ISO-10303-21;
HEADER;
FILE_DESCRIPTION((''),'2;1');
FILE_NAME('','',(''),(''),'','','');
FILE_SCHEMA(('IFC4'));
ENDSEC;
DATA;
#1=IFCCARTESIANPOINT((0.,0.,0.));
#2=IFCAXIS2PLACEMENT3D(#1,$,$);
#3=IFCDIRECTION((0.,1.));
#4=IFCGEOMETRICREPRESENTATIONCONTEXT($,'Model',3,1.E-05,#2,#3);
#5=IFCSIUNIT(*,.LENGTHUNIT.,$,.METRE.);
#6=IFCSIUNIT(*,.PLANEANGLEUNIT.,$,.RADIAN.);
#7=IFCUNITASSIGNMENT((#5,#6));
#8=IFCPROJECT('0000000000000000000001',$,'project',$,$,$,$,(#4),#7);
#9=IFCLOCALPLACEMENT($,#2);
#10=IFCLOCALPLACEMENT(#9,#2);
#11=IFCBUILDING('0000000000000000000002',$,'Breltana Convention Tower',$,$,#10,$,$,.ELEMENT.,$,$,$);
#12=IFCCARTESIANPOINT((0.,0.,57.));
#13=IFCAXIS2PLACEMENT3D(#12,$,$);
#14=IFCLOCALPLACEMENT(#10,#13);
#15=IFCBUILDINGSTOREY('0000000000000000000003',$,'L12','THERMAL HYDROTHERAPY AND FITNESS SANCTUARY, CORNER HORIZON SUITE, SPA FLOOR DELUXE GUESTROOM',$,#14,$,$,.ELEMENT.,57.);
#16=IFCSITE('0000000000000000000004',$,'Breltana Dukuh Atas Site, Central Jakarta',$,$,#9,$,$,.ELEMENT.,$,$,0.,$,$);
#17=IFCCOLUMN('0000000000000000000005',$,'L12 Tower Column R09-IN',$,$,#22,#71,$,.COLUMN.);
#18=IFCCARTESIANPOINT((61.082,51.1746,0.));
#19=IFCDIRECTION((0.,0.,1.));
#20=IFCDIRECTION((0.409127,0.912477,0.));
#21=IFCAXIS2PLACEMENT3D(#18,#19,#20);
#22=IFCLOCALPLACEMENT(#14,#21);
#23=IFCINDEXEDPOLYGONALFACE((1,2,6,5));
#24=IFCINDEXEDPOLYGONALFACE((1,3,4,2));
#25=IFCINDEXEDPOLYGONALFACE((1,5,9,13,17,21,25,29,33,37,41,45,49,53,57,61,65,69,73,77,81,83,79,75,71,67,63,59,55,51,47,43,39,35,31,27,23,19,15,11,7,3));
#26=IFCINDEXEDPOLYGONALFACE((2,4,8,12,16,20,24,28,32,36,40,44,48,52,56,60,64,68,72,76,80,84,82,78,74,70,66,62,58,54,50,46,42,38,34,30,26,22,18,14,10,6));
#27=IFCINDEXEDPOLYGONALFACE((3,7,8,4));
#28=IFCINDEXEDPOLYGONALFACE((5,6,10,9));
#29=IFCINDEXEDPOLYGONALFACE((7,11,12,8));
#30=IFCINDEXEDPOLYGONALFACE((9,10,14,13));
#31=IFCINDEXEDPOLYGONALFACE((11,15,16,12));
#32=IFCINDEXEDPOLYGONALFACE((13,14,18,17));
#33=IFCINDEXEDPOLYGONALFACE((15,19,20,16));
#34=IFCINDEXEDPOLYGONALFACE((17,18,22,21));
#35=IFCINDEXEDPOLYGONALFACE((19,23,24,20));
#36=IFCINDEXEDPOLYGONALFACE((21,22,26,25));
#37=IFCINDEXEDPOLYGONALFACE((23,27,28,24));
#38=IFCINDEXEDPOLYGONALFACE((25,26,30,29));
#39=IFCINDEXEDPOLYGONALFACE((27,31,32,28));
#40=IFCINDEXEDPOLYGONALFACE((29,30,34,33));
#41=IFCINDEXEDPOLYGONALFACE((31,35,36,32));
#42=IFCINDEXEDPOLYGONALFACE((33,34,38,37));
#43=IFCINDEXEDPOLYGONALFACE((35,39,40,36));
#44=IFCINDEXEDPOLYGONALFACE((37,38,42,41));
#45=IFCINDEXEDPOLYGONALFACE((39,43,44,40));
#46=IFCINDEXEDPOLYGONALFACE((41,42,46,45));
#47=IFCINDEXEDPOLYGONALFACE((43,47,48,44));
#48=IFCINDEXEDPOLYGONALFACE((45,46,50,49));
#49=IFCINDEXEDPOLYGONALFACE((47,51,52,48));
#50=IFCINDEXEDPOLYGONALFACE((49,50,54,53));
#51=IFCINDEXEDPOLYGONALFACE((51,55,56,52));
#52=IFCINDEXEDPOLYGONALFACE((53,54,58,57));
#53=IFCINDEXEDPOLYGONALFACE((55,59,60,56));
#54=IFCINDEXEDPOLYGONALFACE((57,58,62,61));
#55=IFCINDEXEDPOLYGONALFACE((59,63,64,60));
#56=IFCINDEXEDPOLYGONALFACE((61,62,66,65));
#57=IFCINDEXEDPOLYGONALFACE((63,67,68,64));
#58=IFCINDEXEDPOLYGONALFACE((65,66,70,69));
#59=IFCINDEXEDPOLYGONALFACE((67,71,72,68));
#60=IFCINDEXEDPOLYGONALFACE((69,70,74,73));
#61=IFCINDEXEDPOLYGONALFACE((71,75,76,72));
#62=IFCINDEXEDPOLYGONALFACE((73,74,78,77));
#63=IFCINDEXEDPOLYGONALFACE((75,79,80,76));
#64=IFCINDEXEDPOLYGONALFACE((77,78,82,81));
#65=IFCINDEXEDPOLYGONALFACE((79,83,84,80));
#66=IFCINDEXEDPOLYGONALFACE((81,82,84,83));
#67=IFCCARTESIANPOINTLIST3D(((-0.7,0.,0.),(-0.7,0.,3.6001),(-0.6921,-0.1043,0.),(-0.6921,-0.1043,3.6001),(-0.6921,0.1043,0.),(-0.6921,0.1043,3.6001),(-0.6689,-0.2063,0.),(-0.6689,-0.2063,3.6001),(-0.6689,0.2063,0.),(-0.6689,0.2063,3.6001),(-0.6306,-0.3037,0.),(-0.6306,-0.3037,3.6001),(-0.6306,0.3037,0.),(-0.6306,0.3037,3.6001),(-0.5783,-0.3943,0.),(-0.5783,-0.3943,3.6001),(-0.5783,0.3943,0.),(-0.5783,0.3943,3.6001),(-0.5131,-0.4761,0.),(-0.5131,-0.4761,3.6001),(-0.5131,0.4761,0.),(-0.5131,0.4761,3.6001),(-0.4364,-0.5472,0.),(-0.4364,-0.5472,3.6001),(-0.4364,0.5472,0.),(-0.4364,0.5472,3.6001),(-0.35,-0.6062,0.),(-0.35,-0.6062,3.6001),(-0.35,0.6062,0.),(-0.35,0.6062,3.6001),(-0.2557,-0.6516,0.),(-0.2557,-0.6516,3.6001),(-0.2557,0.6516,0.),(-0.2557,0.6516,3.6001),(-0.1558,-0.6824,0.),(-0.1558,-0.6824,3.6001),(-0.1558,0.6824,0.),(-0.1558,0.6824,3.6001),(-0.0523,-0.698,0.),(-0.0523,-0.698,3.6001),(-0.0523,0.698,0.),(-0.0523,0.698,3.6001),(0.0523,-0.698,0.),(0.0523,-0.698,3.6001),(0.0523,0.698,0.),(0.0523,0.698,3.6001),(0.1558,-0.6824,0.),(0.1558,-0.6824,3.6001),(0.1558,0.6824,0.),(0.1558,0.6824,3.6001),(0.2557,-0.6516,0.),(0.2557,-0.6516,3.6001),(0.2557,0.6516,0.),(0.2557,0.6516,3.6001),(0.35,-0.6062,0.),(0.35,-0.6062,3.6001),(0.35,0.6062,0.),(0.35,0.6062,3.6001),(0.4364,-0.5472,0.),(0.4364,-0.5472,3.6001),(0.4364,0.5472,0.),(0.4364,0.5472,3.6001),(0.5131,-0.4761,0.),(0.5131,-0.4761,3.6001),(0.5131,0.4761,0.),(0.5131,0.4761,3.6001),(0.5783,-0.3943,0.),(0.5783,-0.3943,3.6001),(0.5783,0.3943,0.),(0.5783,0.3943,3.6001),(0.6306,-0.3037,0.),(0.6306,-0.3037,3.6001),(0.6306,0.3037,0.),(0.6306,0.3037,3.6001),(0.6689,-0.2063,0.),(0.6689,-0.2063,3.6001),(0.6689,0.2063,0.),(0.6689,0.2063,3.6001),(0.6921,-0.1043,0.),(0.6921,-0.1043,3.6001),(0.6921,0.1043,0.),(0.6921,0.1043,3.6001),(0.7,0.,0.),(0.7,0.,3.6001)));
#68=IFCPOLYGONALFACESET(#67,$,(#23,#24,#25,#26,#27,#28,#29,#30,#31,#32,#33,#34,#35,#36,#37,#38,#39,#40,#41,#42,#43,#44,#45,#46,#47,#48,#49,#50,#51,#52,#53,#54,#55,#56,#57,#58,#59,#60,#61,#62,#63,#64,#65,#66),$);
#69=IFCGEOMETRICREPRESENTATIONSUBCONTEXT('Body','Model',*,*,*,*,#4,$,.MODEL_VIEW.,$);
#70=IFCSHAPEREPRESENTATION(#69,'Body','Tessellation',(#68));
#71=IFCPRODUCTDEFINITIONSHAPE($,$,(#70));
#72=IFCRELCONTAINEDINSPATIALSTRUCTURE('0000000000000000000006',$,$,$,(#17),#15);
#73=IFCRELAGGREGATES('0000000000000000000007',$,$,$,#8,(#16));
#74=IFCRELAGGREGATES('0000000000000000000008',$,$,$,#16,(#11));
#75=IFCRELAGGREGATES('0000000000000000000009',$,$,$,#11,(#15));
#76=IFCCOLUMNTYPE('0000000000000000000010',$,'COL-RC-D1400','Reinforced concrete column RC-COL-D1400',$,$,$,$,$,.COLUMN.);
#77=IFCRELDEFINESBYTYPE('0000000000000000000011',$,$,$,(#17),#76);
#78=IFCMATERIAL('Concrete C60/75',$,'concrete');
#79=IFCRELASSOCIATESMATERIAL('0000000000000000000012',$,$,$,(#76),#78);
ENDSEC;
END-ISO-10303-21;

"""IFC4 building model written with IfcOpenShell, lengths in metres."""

from ifc_helpers import new_model, si_unit, direction, frame, origin, origin_2d, place, context, subcontext, project, spatial, circle, extrude, source, transform, mapped, material, material_profile, profile_set, type_object, element, save


model = new_model("IFC4")

# Units and contexts
model_context = context("Model", 3, precision=1e-05, world=origin(), true_north=direction((0.0, 1.0)))
body_context = subcontext(model_context, "Body", "Model", "MODEL_VIEW")
ifc_project = project(units=[si_unit("LENGTHUNIT", "METRE"), si_unit("PLANEANGLEUNIT", "RADIAN")], contexts=[model_context])

# Site, building, storey
site_placement = place(None, origin())
site = spatial("IfcSite", under=ifc_project, at=site_placement, Name="Breltana Dukuh Atas Site, Central Jakarta", CompositionType="ELEMENT", RefElevation=0.0)
building_placement = place(site_placement, origin())
building = spatial("IfcBuilding", under=site, at=building_placement, Name="Breltana Convention Tower", CompositionType="ELEMENT")
storey_placement = place(building_placement, frame((0.0, 0.0, 57.0)))
storey = spatial("IfcBuildingStorey", under=building, at=storey_placement, Name="L12", Description="THERMAL HYDROTHERAPY AND FITNESS SANCTUARY, CORNER HORIZON SUITE, SPA FLOOR DELUXE GUESTROOM", CompositionType="ELEMENT", Elevation=57.0)

# Column
ifc_material_1 = material(Name="Concrete C60/75", Category="concrete")
ifc_material_profile_1 = material_profile(ifc_material_1, circle(Radius=0.7, at=origin_2d()), Name="RC-COL-D1400")
ifc_profile_set_1 = profile_set([ifc_material_profile_1], Name="Concrete C60/75")
column_type = type_object("IfcColumnType", Name="COL-RC-D1400", Description="Reinforced concrete column RC-COL-D1400", PredefinedType="COLUMN", material=ifc_profile_set_1)
shared_shape_1 = source(origin(), body_context, "Body", "SweptSolid", [
    extrude(circle(Radius=0.7, at=origin_2d()), origin(), (0.0, 0.0, 1.0), 3.6001),
])
for number, where, z_axis, x_axis, name in (
    (1, (61.082, 51.1746, 0.0), (0.0, 0.0, 1.0), (0.409127, 0.912477, 0.0), "L12 Tower Column R09-IN"),
):
    element("IfcColumn", number, at=place(storey_placement, frame(where, z_axis=z_axis, x_axis=x_axis)), inside=storey, type_object=column_type, Name=name, PredefinedType="COLUMN", context=body_context, shape_type="MappedRepresentation", body=[
        mapped(shared_shape_1, transform((0.0, 0.0, 0.0), scale=1.0)),
    ])

save(model, "model.ifc")
